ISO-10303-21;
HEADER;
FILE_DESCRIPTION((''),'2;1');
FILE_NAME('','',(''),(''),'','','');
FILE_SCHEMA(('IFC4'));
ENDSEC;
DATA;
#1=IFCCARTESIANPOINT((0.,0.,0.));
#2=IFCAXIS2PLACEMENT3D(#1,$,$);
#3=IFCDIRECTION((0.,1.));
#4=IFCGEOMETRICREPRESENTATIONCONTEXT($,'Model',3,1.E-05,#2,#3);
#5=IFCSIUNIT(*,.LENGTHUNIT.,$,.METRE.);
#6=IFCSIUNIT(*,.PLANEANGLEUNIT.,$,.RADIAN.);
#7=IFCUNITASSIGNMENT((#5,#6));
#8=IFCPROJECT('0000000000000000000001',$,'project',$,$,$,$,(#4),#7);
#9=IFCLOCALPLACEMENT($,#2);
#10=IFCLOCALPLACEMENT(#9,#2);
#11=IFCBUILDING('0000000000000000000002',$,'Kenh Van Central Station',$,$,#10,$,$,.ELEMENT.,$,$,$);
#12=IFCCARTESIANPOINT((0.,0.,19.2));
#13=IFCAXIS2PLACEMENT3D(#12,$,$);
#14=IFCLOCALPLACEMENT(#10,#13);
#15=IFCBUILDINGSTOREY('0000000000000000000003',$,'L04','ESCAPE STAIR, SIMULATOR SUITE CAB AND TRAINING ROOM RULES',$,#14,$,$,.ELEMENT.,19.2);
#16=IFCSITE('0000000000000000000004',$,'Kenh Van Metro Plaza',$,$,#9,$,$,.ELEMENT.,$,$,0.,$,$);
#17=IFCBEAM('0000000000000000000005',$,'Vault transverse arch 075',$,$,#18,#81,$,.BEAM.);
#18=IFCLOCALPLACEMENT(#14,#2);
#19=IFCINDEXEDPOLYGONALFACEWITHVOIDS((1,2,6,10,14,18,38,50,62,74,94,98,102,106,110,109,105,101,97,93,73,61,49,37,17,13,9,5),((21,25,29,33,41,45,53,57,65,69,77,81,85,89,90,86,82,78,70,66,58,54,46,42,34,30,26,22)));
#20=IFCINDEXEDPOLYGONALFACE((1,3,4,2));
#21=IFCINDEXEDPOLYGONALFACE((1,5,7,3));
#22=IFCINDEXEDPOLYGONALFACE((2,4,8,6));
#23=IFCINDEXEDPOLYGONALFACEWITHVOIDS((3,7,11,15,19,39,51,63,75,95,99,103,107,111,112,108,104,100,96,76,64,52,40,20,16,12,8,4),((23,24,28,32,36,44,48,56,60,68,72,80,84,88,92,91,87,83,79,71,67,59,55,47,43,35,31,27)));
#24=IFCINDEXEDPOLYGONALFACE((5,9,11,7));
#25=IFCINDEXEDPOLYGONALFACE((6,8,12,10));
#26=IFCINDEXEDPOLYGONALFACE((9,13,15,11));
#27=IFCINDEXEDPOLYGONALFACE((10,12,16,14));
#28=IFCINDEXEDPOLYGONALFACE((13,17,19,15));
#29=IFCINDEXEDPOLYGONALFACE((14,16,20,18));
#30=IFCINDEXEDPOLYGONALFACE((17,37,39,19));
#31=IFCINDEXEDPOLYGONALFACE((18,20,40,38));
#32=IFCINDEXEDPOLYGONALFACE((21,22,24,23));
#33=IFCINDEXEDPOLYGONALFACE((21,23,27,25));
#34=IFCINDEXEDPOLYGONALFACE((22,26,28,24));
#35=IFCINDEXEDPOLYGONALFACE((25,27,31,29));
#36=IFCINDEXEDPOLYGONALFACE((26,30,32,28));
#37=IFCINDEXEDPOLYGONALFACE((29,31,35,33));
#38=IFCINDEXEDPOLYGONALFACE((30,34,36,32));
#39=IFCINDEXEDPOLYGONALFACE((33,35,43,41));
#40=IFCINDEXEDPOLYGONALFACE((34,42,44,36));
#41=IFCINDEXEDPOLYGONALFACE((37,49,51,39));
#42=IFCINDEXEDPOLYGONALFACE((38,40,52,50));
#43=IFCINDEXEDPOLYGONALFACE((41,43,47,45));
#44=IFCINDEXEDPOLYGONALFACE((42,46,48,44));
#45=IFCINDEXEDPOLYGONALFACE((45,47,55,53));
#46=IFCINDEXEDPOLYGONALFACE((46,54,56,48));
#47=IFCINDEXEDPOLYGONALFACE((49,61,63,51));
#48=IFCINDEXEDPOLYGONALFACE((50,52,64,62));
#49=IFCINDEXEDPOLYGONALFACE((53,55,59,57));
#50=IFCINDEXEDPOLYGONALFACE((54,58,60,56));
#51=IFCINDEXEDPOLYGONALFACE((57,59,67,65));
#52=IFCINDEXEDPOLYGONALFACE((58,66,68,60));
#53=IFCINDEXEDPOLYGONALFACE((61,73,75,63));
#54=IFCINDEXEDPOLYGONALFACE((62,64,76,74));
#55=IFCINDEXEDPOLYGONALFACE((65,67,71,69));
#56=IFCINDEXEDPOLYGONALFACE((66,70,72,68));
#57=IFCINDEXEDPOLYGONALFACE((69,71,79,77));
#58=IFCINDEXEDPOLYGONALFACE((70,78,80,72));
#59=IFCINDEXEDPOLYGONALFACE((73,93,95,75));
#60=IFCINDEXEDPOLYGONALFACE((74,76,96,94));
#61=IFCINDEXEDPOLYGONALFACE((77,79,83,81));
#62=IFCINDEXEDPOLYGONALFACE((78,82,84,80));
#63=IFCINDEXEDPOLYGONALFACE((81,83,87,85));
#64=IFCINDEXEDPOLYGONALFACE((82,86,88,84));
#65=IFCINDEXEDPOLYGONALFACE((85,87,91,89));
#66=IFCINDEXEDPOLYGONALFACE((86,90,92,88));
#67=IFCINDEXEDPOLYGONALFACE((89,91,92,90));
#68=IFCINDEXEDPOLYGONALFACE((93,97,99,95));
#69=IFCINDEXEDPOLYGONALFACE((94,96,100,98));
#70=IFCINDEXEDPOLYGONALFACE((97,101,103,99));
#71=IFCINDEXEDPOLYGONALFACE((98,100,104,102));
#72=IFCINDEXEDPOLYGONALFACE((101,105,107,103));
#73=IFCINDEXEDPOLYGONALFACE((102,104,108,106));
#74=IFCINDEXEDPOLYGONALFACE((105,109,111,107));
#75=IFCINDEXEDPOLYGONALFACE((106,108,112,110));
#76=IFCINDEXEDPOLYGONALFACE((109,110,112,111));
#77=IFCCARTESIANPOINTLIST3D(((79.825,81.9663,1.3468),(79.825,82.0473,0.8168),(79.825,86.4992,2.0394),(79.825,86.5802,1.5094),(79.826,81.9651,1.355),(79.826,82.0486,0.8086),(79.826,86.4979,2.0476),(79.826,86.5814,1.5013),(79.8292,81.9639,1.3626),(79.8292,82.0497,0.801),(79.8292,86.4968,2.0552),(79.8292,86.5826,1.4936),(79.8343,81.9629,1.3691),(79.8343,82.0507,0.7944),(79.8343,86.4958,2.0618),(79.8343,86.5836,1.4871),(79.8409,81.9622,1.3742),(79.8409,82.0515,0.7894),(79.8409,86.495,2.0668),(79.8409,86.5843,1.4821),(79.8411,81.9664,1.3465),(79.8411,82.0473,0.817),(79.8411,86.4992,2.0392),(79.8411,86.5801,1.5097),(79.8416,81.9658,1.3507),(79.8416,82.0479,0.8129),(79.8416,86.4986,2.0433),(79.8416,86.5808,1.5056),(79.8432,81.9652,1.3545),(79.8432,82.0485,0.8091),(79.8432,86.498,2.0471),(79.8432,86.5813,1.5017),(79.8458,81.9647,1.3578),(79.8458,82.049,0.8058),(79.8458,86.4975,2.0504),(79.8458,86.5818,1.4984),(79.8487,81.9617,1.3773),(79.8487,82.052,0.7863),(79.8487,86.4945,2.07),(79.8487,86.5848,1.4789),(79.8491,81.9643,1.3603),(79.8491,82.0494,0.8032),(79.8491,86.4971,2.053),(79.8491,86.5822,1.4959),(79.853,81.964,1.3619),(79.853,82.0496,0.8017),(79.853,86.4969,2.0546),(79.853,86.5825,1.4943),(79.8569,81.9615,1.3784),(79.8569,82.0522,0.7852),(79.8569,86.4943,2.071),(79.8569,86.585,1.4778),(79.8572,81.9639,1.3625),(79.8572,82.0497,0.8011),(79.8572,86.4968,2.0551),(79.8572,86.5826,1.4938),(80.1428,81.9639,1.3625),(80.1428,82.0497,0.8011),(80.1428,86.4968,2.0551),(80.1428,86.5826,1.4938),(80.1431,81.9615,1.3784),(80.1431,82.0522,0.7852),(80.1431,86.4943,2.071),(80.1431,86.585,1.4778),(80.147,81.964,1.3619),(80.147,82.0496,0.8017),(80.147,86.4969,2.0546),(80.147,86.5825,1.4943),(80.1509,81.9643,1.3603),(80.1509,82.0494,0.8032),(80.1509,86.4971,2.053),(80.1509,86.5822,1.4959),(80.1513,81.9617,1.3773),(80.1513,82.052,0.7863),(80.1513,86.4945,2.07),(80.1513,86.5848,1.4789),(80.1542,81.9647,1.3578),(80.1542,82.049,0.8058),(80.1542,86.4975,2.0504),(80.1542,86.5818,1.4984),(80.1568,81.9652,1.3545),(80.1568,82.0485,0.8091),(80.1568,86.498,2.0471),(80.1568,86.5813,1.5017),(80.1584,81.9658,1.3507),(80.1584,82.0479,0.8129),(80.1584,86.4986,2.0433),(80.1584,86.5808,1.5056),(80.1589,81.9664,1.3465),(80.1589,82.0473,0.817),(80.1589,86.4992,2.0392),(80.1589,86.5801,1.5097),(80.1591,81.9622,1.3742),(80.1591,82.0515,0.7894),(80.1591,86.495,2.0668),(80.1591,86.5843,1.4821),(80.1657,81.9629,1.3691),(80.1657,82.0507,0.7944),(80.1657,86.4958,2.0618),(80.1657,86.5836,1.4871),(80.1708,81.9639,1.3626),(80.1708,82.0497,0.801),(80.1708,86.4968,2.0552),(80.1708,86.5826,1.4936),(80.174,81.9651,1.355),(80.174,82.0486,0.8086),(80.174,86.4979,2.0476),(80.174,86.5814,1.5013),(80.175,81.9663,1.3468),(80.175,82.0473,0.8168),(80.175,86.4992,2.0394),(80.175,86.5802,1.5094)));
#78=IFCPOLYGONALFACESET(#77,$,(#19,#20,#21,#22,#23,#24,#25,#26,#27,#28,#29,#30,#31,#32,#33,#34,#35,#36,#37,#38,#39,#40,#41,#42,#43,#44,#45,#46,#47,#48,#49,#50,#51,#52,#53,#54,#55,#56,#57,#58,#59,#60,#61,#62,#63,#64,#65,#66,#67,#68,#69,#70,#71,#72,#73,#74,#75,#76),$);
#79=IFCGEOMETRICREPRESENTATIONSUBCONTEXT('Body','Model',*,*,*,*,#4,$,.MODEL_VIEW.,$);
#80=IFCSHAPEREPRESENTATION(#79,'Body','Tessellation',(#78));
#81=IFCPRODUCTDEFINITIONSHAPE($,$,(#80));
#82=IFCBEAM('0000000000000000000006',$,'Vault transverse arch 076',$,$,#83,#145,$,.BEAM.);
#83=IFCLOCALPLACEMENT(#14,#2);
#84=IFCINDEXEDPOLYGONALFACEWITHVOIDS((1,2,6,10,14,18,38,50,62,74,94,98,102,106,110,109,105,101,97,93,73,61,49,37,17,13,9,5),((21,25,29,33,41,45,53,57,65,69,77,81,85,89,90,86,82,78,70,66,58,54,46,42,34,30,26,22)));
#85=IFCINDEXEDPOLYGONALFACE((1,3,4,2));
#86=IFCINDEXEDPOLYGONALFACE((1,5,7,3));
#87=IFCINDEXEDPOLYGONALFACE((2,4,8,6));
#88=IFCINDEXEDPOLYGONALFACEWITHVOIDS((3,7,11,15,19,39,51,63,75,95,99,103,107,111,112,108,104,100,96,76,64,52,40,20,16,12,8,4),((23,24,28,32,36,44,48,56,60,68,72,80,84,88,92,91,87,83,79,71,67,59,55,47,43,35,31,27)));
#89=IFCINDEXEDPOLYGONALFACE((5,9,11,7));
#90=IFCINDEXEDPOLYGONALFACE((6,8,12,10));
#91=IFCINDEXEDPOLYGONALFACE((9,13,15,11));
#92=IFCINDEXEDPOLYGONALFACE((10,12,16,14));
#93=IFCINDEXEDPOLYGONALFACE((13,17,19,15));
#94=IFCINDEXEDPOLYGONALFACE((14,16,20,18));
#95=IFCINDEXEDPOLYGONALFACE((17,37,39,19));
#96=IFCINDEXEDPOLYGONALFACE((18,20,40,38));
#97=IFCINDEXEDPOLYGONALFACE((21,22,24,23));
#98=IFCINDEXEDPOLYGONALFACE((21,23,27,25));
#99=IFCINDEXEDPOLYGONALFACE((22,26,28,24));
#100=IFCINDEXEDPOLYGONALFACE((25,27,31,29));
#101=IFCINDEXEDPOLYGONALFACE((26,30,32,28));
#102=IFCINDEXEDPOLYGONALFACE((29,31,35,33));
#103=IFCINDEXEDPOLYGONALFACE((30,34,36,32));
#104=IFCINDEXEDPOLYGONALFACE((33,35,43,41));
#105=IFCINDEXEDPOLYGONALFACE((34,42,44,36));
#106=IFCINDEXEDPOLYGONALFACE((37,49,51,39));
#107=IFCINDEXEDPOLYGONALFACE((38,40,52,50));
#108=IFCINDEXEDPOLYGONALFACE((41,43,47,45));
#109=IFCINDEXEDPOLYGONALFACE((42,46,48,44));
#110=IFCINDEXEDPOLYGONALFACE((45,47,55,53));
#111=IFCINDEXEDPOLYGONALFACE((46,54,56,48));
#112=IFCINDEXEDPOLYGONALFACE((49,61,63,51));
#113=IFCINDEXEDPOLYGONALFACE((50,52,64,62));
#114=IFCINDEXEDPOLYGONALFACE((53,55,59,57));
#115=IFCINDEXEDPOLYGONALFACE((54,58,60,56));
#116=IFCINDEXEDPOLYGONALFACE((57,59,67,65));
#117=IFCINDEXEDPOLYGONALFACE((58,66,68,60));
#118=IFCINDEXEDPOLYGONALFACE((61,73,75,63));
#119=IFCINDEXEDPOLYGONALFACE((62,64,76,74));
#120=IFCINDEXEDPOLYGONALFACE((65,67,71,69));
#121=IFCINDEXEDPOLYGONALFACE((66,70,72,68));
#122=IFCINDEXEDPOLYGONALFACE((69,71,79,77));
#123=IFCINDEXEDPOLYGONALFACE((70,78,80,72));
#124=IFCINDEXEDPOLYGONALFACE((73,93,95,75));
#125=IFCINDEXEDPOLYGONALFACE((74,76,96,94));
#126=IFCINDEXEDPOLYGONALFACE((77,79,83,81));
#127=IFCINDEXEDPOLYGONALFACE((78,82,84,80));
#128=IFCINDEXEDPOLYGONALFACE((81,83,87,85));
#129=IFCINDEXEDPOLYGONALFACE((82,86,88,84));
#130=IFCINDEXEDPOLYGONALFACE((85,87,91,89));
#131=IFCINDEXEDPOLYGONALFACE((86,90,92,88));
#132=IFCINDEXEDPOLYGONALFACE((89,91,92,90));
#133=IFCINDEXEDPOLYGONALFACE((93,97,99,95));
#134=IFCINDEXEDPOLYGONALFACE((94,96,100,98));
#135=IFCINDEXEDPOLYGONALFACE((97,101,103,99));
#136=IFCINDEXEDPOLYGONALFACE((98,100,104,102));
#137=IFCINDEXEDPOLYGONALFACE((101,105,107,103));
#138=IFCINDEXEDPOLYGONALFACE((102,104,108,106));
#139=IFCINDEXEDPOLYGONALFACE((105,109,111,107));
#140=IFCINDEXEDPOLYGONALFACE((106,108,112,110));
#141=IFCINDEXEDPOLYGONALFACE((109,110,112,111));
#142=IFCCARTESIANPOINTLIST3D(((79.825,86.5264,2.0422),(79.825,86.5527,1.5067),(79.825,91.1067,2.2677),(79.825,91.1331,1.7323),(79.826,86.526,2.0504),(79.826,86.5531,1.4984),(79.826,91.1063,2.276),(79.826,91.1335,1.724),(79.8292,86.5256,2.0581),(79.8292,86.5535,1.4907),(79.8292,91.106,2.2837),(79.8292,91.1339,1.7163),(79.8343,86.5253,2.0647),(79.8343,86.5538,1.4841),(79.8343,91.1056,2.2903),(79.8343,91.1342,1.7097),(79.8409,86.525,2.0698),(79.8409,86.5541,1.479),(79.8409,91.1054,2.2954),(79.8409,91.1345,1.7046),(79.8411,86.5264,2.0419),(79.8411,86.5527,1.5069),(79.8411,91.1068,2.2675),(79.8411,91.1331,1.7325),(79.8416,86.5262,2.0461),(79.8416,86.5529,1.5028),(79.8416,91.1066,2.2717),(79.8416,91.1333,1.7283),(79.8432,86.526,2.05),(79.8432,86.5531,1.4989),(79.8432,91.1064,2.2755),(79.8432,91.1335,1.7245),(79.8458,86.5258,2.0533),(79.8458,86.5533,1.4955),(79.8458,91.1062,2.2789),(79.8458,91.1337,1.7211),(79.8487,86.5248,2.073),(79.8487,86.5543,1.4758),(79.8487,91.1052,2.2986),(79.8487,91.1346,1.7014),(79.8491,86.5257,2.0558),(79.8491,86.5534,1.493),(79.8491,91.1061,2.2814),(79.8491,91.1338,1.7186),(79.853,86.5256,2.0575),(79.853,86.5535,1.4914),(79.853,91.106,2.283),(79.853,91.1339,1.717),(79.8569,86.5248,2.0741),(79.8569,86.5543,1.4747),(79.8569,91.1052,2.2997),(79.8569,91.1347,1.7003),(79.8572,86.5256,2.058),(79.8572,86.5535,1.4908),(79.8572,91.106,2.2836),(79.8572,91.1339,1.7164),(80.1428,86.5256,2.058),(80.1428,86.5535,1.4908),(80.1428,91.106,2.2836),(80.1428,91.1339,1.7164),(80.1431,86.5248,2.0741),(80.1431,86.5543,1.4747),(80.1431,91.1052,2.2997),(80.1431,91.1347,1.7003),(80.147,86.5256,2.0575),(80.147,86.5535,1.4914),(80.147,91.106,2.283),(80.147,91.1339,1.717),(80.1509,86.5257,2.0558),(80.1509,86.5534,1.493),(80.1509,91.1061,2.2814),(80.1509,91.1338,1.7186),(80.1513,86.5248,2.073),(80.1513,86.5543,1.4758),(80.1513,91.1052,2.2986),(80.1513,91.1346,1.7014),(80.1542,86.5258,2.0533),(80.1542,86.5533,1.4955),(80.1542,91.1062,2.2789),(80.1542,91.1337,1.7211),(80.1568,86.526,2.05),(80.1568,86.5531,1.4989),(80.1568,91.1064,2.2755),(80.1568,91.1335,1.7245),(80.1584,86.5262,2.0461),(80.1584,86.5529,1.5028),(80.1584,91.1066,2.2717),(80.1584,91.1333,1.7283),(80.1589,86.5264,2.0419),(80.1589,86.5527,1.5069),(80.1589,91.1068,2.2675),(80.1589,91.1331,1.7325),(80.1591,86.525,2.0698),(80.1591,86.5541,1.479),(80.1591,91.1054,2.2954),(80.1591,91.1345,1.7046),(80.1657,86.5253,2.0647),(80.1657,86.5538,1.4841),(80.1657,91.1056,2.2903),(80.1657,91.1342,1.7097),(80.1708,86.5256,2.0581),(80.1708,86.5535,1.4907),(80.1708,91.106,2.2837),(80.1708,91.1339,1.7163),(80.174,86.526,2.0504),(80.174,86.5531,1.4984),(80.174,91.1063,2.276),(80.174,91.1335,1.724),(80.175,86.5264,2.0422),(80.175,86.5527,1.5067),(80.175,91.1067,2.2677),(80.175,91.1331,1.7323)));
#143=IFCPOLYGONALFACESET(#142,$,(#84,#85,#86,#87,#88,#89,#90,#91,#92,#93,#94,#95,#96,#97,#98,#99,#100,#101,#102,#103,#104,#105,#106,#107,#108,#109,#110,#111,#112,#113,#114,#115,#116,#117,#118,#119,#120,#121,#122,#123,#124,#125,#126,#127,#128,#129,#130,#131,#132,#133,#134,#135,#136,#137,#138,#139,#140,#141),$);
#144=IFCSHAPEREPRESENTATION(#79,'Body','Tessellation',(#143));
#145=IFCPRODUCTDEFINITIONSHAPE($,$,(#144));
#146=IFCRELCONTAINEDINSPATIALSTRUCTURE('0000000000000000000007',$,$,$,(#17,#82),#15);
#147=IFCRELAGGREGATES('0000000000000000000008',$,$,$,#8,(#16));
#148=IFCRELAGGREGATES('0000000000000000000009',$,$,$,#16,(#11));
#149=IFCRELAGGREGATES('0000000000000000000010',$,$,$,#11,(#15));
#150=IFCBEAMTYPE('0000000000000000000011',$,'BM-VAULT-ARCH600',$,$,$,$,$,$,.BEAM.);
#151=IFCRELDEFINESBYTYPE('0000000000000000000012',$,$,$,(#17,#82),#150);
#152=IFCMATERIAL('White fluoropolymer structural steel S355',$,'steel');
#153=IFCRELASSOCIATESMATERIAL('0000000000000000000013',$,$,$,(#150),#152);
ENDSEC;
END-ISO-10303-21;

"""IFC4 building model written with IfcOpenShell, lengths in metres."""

from ifc_helpers import new_model, si_unit, direction, frame, origin, origin_2d, place, context, subcontext, project, spatial, hollow_rectangle, extrude, material, material_profile, profile_set, type_object, element, save


model = new_model("IFC4")

# Units and contexts
model_context = context("Model", 3, precision=1e-05, world=origin(), true_north=direction((0.0, 1.0)))
body_context = subcontext(model_context, "Body", "Model", "MODEL_VIEW")
ifc_project = project(units=[si_unit("LENGTHUNIT", "METRE"), si_unit("PLANEANGLEUNIT", "RADIAN")], contexts=[model_context])

# Site, building, storey
site_placement = place(None, origin())
site = spatial("IfcSite", under=ifc_project, at=site_placement, Name="Kenh Van Metro Plaza", CompositionType="ELEMENT", RefElevation=0.0)
building_placement = place(site_placement, origin())
building = spatial("IfcBuilding", under=site, at=building_placement, Name="Kenh Van Central Station", CompositionType="ELEMENT")
storey_placement = place(building_placement, frame((0.0, 0.0, 19.2)))
storey = spatial("IfcBuildingStorey", under=building, at=storey_placement, Name="L04", Description="ESCAPE STAIR, SIMULATOR SUITE CAB AND TRAINING ROOM RULES", CompositionType="ELEMENT", Elevation=19.2)

# Beams
ifc_material_1 = material(Name="White fluoropolymer structural steel S355", Category="steel")
ifc_material_profile_1 = material_profile(ifc_material_1, hollow_rectangle(XDim=0.3501, YDim=0.6001, WallThickness=0.0161, InnerFilletRadius=0.0161, OuterFilletRadius=0.032, at=origin_2d()), Name="RHS 600x350x16")
ifc_profile_set_1 = profile_set([ifc_material_profile_1], Name="White fluoropolymer structural steel S355")
beam_type_1 = type_object("IfcBeamType", Name="BM-VAULT-ARCH600", PredefinedType="BEAM", material=ifc_profile_set_1)
beam_1_placement = place(storey_placement, frame((80.0, 82.0068, 1.0818), z_axis=(0.0, 0.988526, 0.151053), x_axis=(-1.0, 0.0, 0.0)))
element("IfcBeam", 1, at=beam_1_placement, inside=storey, type_object=beam_type_1, Name="Vault transverse arch 075", PredefinedType="BEAM", context=body_context, shape_type="SweptSolid", body=[
    extrude(hollow_rectangle(XDim=0.3501, YDim=0.6001, WallThickness=0.0161, InnerFilletRadius=0.0161, OuterFilletRadius=0.032, at=origin_2d()), origin(), (0.0, 0.0, 1.0), 4.5854),
])
beam_2_placement = place(storey_placement, frame((80.0, 86.5396, 1.7744), z_axis=(0.0, 0.998789, 0.049191), x_axis=(-1.0, 0.0, 0.0)))
element("IfcBeam", 2, at=beam_2_placement, inside=storey, type_object=beam_type_1, Name="Vault transverse arch 076", PredefinedType="BEAM", context=body_context, shape_type="SweptSolid", body=[
    extrude(hollow_rectangle(XDim=0.3501, YDim=0.6001, WallThickness=0.0161, InnerFilletRadius=0.0161, OuterFilletRadius=0.032, at=origin_2d()), origin(), (0.0, 0.0, 1.0), 4.5859),
])

save(model, "model.ifc")
